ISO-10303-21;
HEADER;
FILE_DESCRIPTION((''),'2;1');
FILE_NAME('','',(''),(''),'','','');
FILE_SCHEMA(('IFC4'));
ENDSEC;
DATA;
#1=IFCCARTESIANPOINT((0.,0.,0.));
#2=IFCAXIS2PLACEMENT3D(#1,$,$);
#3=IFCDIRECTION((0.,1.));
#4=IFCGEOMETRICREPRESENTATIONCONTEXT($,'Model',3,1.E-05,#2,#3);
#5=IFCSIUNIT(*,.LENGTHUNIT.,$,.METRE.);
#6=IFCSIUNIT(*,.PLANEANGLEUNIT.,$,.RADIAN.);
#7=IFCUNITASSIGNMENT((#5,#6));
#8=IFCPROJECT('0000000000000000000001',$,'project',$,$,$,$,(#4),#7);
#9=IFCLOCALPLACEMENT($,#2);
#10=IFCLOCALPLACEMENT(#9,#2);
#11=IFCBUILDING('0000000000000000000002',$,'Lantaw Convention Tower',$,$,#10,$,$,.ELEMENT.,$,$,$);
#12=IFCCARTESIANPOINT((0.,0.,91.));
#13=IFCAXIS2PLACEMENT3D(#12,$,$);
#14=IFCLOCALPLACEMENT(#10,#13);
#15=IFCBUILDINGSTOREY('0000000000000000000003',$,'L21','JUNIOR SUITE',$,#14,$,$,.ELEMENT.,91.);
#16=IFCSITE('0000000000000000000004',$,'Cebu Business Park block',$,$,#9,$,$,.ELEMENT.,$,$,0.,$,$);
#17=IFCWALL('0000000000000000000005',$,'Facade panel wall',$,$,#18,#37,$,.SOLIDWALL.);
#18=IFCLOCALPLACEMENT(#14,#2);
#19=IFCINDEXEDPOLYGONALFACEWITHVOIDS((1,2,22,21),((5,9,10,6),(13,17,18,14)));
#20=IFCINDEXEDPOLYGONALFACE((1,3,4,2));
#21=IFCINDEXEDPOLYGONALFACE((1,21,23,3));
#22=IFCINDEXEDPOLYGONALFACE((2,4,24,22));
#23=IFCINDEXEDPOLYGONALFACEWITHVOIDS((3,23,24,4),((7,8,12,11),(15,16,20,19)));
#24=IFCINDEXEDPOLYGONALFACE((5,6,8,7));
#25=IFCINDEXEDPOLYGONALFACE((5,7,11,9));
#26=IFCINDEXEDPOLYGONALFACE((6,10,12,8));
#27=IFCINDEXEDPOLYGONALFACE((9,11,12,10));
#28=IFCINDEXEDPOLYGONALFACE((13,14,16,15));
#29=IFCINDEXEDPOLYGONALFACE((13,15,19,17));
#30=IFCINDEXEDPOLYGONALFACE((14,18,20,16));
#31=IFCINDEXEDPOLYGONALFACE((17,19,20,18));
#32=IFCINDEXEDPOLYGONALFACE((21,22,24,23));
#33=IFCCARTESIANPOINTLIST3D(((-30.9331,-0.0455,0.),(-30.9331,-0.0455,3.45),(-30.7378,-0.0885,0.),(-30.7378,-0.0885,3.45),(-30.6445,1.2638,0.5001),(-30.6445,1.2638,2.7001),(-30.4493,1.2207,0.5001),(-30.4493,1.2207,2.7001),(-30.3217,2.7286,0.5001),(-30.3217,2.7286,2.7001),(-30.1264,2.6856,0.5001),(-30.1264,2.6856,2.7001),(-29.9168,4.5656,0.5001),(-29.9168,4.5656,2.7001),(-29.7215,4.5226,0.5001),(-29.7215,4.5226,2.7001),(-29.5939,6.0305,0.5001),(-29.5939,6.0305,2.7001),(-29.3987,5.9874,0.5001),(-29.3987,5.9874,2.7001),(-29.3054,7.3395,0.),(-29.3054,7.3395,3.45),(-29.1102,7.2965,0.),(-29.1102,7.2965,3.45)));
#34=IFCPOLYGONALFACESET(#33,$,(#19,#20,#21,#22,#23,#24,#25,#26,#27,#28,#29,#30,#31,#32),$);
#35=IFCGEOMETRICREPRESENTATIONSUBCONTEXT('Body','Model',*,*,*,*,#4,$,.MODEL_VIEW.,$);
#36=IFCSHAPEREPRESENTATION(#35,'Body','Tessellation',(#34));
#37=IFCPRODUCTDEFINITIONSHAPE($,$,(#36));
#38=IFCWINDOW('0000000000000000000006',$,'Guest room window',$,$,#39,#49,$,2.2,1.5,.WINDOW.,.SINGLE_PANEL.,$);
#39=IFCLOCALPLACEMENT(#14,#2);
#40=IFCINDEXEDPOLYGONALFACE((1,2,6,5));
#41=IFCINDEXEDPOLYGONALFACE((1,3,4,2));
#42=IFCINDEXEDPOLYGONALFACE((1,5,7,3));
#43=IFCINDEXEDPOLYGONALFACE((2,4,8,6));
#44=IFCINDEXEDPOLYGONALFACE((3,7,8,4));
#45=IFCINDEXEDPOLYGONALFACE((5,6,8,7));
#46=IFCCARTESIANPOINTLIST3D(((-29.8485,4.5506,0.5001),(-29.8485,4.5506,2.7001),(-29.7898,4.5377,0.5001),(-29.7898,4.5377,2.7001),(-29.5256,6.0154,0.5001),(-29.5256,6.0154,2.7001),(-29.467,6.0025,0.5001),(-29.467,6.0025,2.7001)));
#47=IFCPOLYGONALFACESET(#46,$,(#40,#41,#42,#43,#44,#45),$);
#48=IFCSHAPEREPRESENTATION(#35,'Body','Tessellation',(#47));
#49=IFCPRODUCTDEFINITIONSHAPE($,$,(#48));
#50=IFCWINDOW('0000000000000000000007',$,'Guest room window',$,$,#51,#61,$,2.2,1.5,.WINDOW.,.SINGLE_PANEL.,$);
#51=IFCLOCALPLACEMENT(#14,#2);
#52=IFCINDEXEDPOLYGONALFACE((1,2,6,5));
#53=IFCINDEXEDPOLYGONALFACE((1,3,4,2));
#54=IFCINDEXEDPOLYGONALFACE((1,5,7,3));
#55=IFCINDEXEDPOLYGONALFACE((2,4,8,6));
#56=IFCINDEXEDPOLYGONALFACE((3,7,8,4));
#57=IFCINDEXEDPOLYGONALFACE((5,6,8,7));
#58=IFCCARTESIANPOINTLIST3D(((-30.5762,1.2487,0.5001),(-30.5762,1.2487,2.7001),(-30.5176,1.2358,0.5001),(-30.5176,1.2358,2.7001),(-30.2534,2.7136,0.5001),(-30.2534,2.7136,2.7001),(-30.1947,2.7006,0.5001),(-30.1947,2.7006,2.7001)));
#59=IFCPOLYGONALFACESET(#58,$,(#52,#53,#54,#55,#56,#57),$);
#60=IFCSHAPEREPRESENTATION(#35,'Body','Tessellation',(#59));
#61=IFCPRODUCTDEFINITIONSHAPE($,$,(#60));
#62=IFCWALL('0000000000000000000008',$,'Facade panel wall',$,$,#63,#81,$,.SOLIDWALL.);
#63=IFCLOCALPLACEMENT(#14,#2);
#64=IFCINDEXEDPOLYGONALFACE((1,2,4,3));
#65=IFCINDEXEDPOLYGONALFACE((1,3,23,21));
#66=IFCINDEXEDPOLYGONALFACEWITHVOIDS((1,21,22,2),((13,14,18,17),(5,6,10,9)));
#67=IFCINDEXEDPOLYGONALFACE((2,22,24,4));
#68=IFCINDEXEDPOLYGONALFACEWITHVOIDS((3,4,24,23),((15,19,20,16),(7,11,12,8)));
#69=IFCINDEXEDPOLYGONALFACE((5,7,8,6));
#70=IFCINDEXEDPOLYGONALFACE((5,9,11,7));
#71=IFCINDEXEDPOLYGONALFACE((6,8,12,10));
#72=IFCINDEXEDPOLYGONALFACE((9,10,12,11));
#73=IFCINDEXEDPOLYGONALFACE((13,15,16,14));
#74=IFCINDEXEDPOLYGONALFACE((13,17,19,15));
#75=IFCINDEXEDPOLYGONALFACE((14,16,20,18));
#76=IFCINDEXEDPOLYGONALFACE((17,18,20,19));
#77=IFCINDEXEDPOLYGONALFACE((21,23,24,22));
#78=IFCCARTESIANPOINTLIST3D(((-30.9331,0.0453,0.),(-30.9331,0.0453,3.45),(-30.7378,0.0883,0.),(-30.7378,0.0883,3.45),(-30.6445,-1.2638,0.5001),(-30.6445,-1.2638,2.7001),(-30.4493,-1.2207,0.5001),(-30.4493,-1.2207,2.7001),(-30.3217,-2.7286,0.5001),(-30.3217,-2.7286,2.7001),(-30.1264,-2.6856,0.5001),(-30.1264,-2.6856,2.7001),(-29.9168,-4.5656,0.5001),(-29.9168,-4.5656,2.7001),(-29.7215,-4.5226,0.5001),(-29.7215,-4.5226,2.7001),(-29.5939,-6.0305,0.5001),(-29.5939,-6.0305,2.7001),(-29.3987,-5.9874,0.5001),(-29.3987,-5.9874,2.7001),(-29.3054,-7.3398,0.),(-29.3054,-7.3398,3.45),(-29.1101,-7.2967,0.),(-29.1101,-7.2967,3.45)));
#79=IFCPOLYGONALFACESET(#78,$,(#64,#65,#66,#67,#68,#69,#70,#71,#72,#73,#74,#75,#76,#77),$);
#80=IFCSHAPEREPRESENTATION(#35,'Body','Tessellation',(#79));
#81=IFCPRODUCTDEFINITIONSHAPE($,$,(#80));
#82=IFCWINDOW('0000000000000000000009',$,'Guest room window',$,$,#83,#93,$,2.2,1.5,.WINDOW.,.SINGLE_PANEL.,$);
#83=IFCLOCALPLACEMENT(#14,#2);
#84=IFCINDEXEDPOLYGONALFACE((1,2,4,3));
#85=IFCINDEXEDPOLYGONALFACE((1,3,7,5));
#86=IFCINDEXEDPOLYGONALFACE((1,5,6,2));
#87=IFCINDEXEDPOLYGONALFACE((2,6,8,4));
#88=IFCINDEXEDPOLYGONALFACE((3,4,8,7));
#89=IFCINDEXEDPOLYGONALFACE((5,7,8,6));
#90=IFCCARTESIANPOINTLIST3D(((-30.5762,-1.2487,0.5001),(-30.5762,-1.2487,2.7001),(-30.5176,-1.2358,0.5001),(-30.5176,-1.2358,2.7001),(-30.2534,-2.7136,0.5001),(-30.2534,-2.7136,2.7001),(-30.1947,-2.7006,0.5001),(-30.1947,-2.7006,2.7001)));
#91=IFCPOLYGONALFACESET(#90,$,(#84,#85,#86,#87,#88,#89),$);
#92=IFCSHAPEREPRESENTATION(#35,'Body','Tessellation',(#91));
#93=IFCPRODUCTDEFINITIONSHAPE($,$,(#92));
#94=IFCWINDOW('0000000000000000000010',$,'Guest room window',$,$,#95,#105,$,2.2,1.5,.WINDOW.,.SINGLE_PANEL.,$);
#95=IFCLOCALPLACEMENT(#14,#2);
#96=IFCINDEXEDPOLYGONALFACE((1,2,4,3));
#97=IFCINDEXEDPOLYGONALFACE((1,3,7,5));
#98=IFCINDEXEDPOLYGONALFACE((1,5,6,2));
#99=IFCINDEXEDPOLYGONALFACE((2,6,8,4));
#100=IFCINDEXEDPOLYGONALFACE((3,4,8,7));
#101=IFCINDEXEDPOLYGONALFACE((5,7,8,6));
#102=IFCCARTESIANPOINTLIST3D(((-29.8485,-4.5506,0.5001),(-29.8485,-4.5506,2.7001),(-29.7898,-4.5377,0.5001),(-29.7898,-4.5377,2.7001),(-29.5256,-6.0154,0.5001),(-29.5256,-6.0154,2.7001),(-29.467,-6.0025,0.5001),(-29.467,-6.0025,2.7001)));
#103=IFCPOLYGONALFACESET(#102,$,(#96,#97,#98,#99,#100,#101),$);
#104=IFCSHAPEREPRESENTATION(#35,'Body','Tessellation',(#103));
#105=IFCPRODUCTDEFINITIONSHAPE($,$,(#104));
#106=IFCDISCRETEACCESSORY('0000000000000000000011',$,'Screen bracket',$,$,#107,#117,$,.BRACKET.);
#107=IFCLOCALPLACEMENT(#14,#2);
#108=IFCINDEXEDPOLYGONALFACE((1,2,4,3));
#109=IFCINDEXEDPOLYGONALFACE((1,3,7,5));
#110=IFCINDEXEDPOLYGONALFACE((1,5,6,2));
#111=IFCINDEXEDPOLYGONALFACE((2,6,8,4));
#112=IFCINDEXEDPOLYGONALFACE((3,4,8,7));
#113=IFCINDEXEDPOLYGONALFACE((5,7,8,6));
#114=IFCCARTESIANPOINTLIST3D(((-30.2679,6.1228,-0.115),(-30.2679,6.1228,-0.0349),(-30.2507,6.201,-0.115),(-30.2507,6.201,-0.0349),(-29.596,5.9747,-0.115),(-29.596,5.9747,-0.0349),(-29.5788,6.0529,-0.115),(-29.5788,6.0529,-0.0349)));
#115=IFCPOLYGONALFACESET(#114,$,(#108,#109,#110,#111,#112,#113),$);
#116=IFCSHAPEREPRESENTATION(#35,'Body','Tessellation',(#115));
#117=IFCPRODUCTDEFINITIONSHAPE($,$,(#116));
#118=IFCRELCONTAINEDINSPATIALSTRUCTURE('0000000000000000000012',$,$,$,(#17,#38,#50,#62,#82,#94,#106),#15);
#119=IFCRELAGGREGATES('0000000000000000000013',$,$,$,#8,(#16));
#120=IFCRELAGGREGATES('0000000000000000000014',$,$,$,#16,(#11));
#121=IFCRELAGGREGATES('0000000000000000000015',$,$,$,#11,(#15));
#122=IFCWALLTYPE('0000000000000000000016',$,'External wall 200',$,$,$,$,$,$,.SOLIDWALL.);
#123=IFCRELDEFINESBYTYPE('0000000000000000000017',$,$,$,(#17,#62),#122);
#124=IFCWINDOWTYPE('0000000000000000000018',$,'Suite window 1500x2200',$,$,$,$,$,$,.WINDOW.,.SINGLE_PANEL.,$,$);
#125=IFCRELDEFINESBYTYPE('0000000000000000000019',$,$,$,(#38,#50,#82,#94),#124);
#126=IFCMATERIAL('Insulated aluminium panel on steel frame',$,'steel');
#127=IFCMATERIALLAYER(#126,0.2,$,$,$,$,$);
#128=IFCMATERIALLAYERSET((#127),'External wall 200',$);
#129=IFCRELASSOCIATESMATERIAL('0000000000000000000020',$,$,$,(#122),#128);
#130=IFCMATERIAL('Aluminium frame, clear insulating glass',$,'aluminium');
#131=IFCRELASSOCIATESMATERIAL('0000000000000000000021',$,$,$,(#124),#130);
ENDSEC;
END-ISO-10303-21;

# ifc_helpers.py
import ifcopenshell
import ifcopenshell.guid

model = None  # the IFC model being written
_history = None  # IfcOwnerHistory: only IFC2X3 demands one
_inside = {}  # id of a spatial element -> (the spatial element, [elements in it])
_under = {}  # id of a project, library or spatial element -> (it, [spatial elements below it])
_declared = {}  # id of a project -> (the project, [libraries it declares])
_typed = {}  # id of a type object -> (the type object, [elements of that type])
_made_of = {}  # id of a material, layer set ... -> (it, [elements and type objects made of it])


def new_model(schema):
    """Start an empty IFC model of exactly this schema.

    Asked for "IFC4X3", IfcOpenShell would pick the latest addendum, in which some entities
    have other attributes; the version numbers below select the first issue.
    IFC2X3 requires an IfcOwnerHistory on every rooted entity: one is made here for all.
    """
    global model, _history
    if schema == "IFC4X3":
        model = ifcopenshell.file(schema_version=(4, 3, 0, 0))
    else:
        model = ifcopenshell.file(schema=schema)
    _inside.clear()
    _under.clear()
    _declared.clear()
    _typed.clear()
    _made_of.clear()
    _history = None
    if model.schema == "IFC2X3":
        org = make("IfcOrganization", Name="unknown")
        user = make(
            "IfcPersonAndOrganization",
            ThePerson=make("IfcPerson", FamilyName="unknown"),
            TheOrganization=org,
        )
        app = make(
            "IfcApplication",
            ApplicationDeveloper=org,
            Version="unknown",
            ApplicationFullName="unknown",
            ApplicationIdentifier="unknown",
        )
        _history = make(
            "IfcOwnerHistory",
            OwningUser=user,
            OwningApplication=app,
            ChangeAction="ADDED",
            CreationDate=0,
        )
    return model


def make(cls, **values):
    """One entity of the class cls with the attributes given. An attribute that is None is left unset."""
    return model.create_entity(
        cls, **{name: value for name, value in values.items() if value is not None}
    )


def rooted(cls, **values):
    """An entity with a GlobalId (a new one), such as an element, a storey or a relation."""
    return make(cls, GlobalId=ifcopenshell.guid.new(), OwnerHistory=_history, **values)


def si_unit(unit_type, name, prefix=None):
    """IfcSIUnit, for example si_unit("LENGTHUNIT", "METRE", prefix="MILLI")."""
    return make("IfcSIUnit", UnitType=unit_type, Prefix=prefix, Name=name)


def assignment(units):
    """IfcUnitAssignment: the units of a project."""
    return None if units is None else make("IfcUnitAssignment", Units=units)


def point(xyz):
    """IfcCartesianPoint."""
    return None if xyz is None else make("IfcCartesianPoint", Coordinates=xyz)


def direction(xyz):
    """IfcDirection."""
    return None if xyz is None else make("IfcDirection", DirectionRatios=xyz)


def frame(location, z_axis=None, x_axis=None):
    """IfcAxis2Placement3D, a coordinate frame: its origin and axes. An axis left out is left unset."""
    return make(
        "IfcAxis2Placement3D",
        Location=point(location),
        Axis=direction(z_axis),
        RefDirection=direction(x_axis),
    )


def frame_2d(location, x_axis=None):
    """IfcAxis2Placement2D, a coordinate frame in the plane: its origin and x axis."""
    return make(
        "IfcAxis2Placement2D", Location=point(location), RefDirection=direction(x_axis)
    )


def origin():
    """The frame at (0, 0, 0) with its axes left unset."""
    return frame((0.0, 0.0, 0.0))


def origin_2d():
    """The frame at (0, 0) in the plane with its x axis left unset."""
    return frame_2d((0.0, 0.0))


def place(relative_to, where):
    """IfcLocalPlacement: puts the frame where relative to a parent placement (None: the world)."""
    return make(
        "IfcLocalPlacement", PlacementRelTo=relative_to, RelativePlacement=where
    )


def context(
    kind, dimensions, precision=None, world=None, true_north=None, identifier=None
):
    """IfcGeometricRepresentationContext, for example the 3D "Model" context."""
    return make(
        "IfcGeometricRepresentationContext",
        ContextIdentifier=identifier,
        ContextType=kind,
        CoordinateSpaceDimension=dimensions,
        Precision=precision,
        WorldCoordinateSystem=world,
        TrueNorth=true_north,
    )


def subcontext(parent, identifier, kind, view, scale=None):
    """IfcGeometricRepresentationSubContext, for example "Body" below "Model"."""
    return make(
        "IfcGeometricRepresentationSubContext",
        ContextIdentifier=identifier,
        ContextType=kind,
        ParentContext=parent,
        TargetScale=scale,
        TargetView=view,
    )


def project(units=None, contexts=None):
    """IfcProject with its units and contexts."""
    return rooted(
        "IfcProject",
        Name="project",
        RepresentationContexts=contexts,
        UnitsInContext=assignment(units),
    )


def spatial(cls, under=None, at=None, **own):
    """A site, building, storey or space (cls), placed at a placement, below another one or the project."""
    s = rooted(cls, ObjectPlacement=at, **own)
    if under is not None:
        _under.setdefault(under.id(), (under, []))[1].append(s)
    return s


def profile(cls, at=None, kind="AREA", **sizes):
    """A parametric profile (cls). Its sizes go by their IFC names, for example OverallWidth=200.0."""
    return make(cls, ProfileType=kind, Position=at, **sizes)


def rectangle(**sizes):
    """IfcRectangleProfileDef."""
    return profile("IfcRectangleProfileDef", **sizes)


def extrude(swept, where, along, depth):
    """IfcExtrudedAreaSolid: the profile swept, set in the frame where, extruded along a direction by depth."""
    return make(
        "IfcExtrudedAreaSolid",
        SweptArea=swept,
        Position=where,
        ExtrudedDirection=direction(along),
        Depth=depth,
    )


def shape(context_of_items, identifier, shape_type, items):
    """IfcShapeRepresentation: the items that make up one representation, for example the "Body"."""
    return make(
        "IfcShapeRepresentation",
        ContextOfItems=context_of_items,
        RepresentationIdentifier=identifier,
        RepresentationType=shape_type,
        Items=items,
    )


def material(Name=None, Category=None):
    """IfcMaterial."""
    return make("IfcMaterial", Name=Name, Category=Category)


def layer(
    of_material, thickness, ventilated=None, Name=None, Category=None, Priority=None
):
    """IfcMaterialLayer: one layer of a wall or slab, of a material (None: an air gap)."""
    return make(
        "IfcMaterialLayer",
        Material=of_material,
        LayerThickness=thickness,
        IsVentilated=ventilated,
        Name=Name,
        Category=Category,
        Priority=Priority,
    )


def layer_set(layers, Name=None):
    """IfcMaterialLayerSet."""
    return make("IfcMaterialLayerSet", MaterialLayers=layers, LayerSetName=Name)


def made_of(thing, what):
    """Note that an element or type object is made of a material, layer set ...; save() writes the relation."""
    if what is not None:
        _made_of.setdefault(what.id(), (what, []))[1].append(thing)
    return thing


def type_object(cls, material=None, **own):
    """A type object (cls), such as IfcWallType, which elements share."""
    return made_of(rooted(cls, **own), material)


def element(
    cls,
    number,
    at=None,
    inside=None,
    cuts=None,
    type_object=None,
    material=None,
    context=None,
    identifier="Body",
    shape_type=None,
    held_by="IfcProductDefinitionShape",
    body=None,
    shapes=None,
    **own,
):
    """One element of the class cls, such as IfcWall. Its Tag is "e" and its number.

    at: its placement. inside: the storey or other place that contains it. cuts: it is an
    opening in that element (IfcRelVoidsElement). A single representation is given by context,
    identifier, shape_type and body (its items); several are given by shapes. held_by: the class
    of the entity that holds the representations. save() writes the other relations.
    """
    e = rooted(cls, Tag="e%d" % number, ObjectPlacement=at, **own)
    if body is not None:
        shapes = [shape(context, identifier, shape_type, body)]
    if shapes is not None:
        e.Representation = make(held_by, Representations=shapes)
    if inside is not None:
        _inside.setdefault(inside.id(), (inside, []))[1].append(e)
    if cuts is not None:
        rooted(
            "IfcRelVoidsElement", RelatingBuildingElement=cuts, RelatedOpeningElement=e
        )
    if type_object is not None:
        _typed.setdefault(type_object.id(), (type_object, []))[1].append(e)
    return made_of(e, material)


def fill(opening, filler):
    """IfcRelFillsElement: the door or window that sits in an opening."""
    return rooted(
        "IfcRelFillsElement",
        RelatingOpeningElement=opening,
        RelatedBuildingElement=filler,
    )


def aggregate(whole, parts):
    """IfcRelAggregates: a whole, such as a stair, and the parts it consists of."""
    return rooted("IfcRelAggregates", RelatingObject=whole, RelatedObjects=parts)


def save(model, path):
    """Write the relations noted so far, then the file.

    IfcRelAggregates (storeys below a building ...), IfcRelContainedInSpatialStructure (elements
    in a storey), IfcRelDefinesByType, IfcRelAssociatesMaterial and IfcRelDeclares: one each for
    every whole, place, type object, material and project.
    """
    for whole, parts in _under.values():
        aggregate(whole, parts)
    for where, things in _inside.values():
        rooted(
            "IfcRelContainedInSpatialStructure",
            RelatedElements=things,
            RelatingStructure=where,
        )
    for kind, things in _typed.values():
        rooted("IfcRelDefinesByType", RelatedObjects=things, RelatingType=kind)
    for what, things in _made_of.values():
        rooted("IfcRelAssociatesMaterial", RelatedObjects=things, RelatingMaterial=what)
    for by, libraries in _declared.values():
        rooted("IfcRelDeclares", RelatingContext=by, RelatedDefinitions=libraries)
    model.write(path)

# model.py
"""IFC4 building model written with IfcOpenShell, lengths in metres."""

from ifc_helpers import new_model, si_unit, direction, frame, frame_2d, origin, origin_2d, place, context, subcontext, project, spatial, rectangle, extrude, material, layer, layer_set, type_object, element, fill, save


model = new_model("IFC4")

# Units and contexts
model_context = context("Model", 3, precision=1e-05, world=origin(), true_north=direction((0.0, 1.0)))
body_context = subcontext(model_context, "Body", "Model", "MODEL_VIEW")
ifc_project = project(units=[si_unit("LENGTHUNIT", "METRE"), si_unit("PLANEANGLEUNIT", "RADIAN")], contexts=[model_context])

# Site, building, storey
site_placement = place(None, origin())
site = spatial("IfcSite", under=ifc_project, at=site_placement, Name="Cebu Business Park block", CompositionType="ELEMENT", RefElevation=0.0)
building_placement = place(site_placement, origin())
building = spatial("IfcBuilding", under=site, at=building_placement, Name="Lantaw Convention Tower", CompositionType="ELEMENT")
storey_placement = place(building_placement, frame((0.0, 0.0, 91.0)))
storey = spatial("IfcBuildingStorey", under=building, at=storey_placement, Name="L21", Description="JUNIOR SUITE", CompositionType="ELEMENT", Elevation=91.0)

# Walls, openings, windows
ifc_material_1 = material(Name="Insulated aluminium panel on steel frame", Category="steel")
ifc_layer_1 = layer(ifc_material_1, 0.2)
ifc_layer_set_1 = layer_set([ifc_layer_1], Name="External wall 200")
wall_type_1 = type_object("IfcWallType", Name="External wall 200", PredefinedType="SOLIDWALL", material=ifc_layer_set_1)
wall_1_placement = place(storey_placement, frame((-29.2078, 7.3181, 0.0), z_axis=(0.0, 0.0, 1.0), x_axis=(-0.215238, -0.976562, 0.0)))
wall_1 = element("IfcWall", 1, at=wall_1_placement, inside=storey, type_object=wall_type_1, Name="Facade panel wall", PredefinedType="SOLIDWALL", context=body_context, shape_type="SweptSolid", body=[
    extrude(rectangle(XDim=7.5623, YDim=0.2, at=frame_2d((3.7812, 0.0))), origin(), (0.0, 0.0, 1.0), 3.45),
])
opening_1_placement = place(wall_1_placement, frame((1.3406, 0.0, 0.5)))
opening_1 = element("IfcOpeningElement", 2, at=opening_1_placement, cuts=wall_1, PredefinedType="OPENING", context=body_context, shape_type="SweptSolid", body=[
    extrude(rectangle(XDim=1.5, YDim=2.2, at=frame_2d((0.75, 1.1001))), frame((0.0, 0.1099, 0.0), z_axis=(0.0, -1.0, 0.0), x_axis=(1.0, 0.0, 0.0)), (0.0, 0.0, 1.0), 0.22),
])
opening_2_placement = place(wall_1_placement, frame((4.7217, 0.0, 0.5)))
opening_2 = element("IfcOpeningElement", 3, at=opening_2_placement, cuts=wall_1, PredefinedType="OPENING", context=body_context, shape_type="SweptSolid", body=[
    extrude(rectangle(XDim=1.5, YDim=2.2, at=frame_2d((0.75, 1.1001))), frame((0.0, 0.1099, 0.0), z_axis=(0.0, -1.0, 0.0), x_axis=(1.0, 0.0, 0.0)), (0.0, 0.0, 1.0), 0.22),
])
ifc_material_2 = material(Name="Aluminium frame, clear insulating glass", Category="aluminium")
window_type = type_object("IfcWindowType", Name="Suite window 1500x2200", PartitioningType="SINGLE_PANEL", PredefinedType="WINDOW", material=ifc_material_2)
window_1_placement = place(opening_1_placement, origin())
window_1 = element("IfcWindow", 4, at=window_1_placement, inside=storey, type_object=window_type, Name="Guest room window", OverallHeight=2.2, OverallWidth=1.5, PartitioningType="SINGLE_PANEL", PredefinedType="WINDOW", context=body_context, shape_type="SweptSolid", body=[
    extrude(rectangle(XDim=1.5, YDim=2.2, at=frame_2d((0.75, 1.1001))), frame((0.0, 0.03, 0.0), z_axis=(0.0, -1.0, 0.0), x_axis=(1.0, 0.0, 0.0)), (0.0, 0.0, 1.0), 0.0601),
])
fill(opening_1, window_1)
window_2_placement = place(opening_2_placement, origin())
window_2 = element("IfcWindow", 5, at=window_2_placement, inside=storey, type_object=window_type, Name="Guest room window", OverallHeight=2.2, OverallWidth=1.5, PartitioningType="SINGLE_PANEL", PredefinedType="WINDOW", context=body_context, shape_type="SweptSolid", body=[
    extrude(rectangle(XDim=1.5, YDim=2.2, at=frame_2d((0.75, 1.1001))), frame((0.0, 0.03, 0.0), z_axis=(0.0, -1.0, 0.0), x_axis=(1.0, 0.0, 0.0)), (0.0, 0.0, 1.0), 0.0601),
])
fill(opening_2, window_2)
wall_2_placement = place(storey_placement, frame((-30.8354, 0.0669, 0.0), z_axis=(0.0, 0.0, 1.0), x_axis=(0.215238, -0.976562, 0.0)))
wall_2 = element("IfcWall", 6, at=wall_2_placement, inside=storey, type_object=wall_type_1, Name="Facade panel wall", PredefinedType="SOLIDWALL", context=body_context, shape_type="SweptSolid", body=[
    extrude(rectangle(XDim=7.5623, YDim=0.2, at=frame_2d((3.7812, 0.0))), origin(), (0.0, 0.0, 1.0), 3.45),
])
opening_3_placement = place(wall_2_placement, frame((1.3406, 0.0, 0.5)))
opening_3 = element("IfcOpeningElement", 7, at=opening_3_placement, cuts=wall_2, PredefinedType="OPENING", context=body_context, shape_type="SweptSolid", body=[
    extrude(rectangle(XDim=1.5, YDim=2.2, at=frame_2d((0.75, 1.1001))), frame((0.0, 0.1099, 0.0), z_axis=(0.0, -1.0, 0.0), x_axis=(1.0, 0.0, 0.0)), (0.0, 0.0, 1.0), 0.22),
])
opening_4_placement = place(wall_2_placement, frame((4.7217, 0.0, 0.5)))
opening_4 = element("IfcOpeningElement", 8, at=opening_4_placement, cuts=wall_2, PredefinedType="OPENING", context=body_context, shape_type="SweptSolid", body=[
    extrude(rectangle(XDim=1.5, YDim=2.2, at=frame_2d((0.75, 1.1001))), frame((0.0, 0.1099, 0.0), z_axis=(0.0, -1.0, 0.0), x_axis=(1.0, 0.0, 0.0)), (0.0, 0.0, 1.0), 0.22),
])
window_3_placement = place(opening_3_placement, origin())
window_3 = element("IfcWindow", 9, at=window_3_placement, inside=storey, type_object=window_type, Name="Guest room window", OverallHeight=2.2, OverallWidth=1.5, PartitioningType="SINGLE_PANEL", PredefinedType="WINDOW", context=body_context, shape_type="SweptSolid", body=[
    extrude(rectangle(XDim=1.5, YDim=2.2, at=frame_2d((0.75, 1.1001))), frame((0.0, 0.03, 0.0), z_axis=(0.0, -1.0, 0.0), x_axis=(1.0, 0.0, 0.0)), (0.0, 0.0, 1.0), 0.0601),
])
fill(opening_3, window_3)
window_4_placement = place(opening_4_placement, origin())
window_4 = element("IfcWindow", 10, at=window_4_placement, inside=storey, type_object=window_type, Name="Guest room window", OverallHeight=2.2, OverallWidth=1.5, PartitioningType="SINGLE_PANEL", PredefinedType="WINDOW", context=body_context, shape_type="SweptSolid", body=[
    extrude(rectangle(XDim=1.5, YDim=2.2, at=frame_2d((0.75, 1.1001))), frame((0.0, 0.03, 0.0), z_axis=(0.0, -1.0, 0.0), x_axis=(1.0, 0.0, 0.0)), (0.0, 0.0, 1.0), 0.0601),
])
fill(opening_4, window_4)

# Discrete accessory
discrete_accessory_placement = place(storey_placement, frame((-29.9233, 6.0879, -0.115), z_axis=(0.0, 0.0, 1.0), x_axis=(-0.215246, -0.97656, 0.0)))
element("IfcDiscreteAccessory", 11, at=discrete_accessory_placement, inside=storey, Name="Screen bracket", PredefinedType="BRACKET", context=body_context, shape_type="SweptSolid", body=[
    extrude(rectangle(XDim=0.0801, YDim=0.688, at=origin_2d()), origin(), (0.0, 0.0, 1.0), 0.0801),
])

save(model, "model.ifc")
